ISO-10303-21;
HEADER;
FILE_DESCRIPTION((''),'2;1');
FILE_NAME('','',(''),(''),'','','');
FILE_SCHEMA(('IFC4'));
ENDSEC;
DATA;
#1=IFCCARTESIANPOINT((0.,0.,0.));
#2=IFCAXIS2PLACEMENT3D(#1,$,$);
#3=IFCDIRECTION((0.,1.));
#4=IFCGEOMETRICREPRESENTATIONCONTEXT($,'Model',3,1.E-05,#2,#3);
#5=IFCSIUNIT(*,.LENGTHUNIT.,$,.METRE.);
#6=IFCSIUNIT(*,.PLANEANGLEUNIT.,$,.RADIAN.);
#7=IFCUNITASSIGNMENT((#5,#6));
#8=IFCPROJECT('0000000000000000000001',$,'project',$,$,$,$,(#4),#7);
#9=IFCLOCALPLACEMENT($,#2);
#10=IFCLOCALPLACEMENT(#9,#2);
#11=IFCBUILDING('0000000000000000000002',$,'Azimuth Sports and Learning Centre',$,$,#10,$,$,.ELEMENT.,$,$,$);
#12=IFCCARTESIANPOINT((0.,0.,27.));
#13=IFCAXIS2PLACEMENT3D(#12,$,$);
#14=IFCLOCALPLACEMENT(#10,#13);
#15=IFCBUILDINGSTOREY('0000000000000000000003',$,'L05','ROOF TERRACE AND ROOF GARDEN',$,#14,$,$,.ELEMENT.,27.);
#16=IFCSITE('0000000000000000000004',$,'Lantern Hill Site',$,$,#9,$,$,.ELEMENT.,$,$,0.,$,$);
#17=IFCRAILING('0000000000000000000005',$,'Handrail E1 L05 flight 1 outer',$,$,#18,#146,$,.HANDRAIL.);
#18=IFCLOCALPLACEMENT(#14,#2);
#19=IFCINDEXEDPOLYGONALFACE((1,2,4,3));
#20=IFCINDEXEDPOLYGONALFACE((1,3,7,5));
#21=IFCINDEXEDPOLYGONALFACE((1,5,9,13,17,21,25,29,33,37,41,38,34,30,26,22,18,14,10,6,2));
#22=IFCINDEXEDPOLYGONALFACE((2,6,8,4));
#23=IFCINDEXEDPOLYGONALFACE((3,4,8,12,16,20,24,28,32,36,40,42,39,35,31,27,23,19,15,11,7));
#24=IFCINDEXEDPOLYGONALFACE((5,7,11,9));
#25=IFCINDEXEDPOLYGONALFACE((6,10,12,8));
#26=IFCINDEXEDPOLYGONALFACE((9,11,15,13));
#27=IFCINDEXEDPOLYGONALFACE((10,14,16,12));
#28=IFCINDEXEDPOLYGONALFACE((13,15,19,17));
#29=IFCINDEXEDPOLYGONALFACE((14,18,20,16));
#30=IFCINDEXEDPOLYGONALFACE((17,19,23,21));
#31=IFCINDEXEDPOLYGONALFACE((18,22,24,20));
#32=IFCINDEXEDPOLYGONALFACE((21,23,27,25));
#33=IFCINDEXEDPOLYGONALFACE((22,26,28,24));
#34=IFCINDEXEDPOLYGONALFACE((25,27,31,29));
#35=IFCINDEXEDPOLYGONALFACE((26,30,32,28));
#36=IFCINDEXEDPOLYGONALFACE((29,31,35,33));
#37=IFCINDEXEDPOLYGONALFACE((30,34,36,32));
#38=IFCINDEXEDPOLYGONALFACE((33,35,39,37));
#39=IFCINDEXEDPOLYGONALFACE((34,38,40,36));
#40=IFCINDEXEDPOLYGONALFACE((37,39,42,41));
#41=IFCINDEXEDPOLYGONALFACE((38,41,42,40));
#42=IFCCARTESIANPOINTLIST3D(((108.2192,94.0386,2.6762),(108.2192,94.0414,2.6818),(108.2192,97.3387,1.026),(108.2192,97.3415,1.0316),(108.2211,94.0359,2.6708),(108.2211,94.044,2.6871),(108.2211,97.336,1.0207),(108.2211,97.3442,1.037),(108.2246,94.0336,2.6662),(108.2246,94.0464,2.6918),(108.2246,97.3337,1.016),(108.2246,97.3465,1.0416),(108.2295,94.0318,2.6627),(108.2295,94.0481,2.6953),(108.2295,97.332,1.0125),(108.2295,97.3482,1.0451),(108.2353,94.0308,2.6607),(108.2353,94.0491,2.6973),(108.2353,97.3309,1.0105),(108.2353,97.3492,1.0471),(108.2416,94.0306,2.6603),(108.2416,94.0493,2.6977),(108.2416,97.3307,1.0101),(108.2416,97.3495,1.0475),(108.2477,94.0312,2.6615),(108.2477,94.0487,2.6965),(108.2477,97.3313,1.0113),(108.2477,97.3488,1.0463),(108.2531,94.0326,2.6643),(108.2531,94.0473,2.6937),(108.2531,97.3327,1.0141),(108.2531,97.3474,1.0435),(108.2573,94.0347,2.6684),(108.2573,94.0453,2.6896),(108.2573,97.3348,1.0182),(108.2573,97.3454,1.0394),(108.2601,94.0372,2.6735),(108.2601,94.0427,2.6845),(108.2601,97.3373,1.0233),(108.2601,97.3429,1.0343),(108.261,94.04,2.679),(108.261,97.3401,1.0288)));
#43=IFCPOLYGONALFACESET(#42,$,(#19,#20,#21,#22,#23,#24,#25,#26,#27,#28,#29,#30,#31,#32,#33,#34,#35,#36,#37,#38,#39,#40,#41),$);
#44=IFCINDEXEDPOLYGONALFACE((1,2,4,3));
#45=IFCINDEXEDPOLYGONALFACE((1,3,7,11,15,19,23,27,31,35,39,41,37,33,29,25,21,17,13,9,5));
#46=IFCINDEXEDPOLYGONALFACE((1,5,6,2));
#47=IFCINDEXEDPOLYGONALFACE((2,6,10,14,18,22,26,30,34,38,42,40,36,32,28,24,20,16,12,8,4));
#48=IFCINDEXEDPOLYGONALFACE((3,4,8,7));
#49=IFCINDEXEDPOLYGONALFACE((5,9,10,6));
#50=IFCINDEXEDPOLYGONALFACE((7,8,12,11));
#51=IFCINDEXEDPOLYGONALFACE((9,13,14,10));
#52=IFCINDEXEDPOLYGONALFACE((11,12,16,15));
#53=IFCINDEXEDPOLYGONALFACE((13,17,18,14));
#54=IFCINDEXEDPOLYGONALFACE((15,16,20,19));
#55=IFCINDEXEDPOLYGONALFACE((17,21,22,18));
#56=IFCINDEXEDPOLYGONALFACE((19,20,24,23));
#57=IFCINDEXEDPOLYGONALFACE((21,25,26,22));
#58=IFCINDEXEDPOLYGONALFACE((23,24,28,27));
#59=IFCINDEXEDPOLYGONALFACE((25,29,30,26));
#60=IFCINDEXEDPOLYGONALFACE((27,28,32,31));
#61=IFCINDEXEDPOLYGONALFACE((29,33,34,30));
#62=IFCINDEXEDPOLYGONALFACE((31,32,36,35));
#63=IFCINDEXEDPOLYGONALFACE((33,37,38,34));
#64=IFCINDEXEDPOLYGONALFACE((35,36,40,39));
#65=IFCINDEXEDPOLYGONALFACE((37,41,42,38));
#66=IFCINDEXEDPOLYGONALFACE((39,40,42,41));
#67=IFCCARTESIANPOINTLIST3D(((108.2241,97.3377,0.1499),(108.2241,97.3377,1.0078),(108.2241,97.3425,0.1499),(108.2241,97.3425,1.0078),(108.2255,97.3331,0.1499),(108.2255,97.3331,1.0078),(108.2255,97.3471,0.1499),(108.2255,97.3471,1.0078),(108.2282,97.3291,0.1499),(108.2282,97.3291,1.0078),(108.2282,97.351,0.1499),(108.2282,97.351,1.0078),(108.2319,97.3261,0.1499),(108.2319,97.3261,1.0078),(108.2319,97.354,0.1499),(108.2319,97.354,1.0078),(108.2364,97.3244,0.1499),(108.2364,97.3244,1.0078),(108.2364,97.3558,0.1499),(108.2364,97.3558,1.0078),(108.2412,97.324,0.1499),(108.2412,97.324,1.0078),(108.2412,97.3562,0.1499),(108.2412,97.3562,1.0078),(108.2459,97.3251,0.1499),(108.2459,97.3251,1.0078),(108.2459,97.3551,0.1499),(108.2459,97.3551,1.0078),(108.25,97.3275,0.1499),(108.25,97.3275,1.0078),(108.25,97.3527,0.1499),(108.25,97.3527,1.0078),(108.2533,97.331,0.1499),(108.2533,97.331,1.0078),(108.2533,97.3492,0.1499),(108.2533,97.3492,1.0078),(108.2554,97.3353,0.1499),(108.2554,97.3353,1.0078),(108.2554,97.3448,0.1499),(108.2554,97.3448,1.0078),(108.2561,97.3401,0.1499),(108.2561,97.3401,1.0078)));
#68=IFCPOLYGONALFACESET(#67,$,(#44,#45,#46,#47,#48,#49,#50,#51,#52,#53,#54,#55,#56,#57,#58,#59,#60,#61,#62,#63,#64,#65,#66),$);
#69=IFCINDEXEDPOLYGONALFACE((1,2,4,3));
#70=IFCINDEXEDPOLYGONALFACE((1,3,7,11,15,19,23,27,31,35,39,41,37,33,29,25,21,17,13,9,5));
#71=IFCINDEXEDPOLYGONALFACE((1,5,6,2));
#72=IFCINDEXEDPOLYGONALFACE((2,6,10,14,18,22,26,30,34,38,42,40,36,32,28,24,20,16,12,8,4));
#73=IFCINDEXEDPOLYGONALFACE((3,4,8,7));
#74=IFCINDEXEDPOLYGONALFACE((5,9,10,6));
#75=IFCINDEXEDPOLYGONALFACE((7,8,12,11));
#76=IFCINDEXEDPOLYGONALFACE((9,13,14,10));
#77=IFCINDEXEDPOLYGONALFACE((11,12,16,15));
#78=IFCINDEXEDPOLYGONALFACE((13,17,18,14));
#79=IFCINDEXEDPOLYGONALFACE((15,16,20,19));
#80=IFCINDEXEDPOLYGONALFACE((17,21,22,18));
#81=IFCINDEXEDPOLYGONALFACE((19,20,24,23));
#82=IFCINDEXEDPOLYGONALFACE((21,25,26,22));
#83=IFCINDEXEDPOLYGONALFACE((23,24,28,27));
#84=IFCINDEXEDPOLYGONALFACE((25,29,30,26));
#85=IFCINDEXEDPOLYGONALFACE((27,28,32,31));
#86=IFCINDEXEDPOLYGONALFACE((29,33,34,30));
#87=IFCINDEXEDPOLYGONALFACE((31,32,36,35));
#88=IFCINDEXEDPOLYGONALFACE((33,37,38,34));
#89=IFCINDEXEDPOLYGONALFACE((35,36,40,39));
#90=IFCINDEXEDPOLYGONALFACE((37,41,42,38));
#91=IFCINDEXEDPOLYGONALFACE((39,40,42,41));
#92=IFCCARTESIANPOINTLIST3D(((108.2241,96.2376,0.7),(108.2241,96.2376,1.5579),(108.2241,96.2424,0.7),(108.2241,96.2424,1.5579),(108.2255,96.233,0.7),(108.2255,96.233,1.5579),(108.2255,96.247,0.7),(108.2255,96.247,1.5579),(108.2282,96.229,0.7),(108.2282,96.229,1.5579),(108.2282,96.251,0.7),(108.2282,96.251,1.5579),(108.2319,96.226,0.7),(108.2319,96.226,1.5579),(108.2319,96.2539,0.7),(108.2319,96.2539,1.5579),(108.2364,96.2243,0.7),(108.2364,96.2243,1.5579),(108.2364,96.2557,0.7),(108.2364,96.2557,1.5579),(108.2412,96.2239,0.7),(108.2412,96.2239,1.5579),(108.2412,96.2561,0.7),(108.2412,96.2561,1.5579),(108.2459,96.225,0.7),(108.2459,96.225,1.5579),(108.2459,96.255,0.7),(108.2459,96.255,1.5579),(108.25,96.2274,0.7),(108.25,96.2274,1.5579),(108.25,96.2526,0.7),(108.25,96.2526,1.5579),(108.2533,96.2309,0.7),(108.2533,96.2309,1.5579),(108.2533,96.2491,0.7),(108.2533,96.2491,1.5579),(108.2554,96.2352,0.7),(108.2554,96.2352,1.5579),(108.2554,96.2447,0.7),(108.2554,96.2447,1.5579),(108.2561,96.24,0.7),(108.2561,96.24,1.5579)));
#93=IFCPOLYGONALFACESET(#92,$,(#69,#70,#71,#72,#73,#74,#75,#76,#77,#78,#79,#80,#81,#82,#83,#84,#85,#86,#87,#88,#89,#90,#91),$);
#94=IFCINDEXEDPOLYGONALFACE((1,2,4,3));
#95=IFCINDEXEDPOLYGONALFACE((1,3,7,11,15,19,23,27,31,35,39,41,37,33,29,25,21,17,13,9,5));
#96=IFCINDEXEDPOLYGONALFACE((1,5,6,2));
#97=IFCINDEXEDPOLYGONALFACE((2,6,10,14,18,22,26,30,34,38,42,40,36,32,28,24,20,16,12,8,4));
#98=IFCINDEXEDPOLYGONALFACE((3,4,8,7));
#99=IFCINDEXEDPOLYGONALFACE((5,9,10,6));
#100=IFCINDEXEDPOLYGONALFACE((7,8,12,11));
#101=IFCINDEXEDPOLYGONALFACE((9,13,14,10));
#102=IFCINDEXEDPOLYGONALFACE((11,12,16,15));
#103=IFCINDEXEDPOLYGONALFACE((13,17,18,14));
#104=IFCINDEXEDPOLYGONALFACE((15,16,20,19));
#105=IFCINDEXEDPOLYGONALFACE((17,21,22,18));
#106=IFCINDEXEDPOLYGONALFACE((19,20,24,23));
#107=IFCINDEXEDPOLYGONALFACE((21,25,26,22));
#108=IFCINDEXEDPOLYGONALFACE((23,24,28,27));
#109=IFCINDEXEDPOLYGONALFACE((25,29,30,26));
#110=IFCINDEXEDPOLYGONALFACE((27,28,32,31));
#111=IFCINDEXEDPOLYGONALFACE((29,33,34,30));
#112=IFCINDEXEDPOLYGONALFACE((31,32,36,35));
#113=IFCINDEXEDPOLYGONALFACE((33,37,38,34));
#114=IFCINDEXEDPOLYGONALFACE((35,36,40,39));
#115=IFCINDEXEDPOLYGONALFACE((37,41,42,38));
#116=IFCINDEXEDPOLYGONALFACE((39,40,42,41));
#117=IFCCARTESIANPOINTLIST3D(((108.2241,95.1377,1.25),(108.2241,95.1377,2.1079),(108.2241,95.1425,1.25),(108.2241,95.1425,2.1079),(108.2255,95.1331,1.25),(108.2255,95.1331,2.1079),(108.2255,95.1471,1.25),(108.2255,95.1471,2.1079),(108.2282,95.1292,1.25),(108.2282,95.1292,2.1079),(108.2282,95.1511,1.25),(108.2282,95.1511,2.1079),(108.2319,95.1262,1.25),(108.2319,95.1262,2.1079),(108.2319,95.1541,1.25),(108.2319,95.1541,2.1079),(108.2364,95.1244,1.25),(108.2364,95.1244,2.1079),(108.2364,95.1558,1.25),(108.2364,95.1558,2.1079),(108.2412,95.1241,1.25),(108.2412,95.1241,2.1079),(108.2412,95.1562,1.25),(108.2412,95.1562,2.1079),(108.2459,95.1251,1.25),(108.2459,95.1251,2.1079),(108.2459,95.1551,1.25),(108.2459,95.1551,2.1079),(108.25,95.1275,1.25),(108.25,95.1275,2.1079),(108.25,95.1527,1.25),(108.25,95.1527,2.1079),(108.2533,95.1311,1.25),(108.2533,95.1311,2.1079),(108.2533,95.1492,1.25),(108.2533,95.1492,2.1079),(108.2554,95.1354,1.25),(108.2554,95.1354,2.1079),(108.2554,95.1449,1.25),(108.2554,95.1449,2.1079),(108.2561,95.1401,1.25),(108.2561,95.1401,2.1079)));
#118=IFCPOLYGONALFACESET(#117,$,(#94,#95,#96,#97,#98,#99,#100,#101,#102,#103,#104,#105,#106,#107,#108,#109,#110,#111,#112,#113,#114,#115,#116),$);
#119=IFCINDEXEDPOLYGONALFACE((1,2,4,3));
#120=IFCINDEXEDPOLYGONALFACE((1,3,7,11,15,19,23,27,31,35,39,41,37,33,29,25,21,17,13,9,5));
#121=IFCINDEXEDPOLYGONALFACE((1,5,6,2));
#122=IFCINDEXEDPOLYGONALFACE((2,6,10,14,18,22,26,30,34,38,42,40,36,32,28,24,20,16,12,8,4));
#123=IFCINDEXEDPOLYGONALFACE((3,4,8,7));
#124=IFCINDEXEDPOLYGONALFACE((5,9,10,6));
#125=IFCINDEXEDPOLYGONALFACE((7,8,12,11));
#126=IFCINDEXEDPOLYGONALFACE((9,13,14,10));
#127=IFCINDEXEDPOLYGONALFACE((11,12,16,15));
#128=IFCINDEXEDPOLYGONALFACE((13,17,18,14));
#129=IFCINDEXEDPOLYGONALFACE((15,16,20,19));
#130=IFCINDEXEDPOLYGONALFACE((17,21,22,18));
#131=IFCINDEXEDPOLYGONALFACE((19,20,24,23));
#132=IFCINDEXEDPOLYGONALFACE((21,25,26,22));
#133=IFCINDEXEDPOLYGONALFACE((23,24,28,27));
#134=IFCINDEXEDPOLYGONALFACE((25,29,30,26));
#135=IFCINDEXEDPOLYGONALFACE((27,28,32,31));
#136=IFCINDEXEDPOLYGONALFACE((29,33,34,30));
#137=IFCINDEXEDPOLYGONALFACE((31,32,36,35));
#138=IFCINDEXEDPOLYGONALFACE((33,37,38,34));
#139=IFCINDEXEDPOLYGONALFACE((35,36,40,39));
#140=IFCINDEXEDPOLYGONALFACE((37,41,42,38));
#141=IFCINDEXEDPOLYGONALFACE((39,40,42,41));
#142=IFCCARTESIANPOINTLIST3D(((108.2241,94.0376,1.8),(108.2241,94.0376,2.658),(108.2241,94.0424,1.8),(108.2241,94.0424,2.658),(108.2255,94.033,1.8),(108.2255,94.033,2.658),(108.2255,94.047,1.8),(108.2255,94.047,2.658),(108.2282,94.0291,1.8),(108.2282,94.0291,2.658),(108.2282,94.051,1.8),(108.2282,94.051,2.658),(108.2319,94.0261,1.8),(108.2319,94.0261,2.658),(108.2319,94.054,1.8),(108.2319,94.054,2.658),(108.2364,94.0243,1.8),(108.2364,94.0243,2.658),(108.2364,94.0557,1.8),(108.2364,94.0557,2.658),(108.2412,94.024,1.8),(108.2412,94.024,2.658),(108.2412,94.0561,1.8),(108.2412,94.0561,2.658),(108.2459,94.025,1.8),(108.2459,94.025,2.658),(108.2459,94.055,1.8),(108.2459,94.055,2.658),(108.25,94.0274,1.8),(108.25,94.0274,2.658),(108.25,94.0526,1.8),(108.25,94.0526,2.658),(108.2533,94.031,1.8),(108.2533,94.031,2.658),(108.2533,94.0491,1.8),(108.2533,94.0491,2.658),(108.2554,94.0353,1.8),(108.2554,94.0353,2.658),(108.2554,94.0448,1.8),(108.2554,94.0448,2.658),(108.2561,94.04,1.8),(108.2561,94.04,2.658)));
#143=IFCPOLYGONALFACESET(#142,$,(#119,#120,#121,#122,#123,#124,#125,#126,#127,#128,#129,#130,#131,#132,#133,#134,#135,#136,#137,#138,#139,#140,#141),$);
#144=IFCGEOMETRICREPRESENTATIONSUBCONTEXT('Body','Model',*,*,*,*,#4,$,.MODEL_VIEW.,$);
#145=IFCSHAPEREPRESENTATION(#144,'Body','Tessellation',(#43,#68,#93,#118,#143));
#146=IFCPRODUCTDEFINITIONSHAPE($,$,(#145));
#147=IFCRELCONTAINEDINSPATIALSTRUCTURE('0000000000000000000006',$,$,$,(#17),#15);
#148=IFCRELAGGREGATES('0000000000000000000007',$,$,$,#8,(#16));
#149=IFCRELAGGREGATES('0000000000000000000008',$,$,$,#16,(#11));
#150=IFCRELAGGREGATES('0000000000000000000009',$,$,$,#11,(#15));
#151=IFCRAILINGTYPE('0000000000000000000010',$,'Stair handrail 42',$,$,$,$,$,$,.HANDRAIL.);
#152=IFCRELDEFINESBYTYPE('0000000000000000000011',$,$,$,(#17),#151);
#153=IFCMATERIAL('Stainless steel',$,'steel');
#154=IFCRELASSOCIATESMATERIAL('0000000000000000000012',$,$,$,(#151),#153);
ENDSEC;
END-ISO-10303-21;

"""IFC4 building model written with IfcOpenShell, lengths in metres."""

from ifc_helpers import new_model, si_unit, direction, frame, origin, origin_2d, place, context, subcontext, project, spatial, circle, extrude, material, type_object, element, save


model = new_model("IFC4")

# Units and contexts
model_context = context("Model", 3, precision=1e-05, world=origin(), true_north=direction((0.0, 1.0)))
body_context = subcontext(model_context, "Body", "Model", "MODEL_VIEW")
ifc_project = project(units=[si_unit("LENGTHUNIT", "METRE"), si_unit("PLANEANGLEUNIT", "RADIAN")], contexts=[model_context])

# Site, building, storey
site_placement = place(None, origin())
site = spatial("IfcSite", under=ifc_project, at=site_placement, Name="Lantern Hill Site", CompositionType="ELEMENT", RefElevation=0.0)
building_placement = place(site_placement, origin())
building = spatial("IfcBuilding", under=site, at=building_placement, Name="Azimuth Sports and Learning Centre", CompositionType="ELEMENT")
storey_placement = place(building_placement, frame((0.0, 0.0, 27.0)))
storey = spatial("IfcBuildingStorey", under=building, at=storey_placement, Name="L05", Description="ROOF TERRACE AND ROOF GARDEN", CompositionType="ELEMENT", Elevation=27.0)

# Railing
ifc_material_1 = material(Name="Stainless steel", Category="steel")
railing_type = type_object("IfcRailingType", Name="Stair handrail 42", PredefinedType="HANDRAIL", material=ifc_material_1)
railing_placement = place(storey_placement, frame((108.24, 97.3401, 0.1499)))
element("IfcRailing", 1, at=railing_placement, inside=storey, type_object=railing_type, Name="Handrail E1 L05 flight 1 outer", PredefinedType="HANDRAIL", context=body_context, shape_type="SweptSolid", body=[
    extrude(circle(Radius=0.021, at=origin_2d()), frame((0.0, 0.0, 0.8789), z_axis=(0.0, -0.894414, 0.44724), x_axis=(1.0, 0.0, 0.0)), (0.0, 0.0, 1.0), 3.6897),
    extrude(circle(Radius=0.0161, at=origin_2d()), origin(), (0.0, 0.0, 1.0), 0.8579),
    extrude(circle(Radius=0.0161, at=origin_2d()), frame((0.0, -1.1001, 0.55)), (0.0, 0.0, 1.0), 0.8579),
    extrude(circle(Radius=0.0161, at=origin_2d()), frame((0.0, -2.2, 1.1001)), (0.0, 0.0, 1.0), 0.8579),
    extrude(circle(Radius=0.0161, at=origin_2d()), frame((0.0, -3.3, 1.6501)), (0.0, 0.0, 1.0), 0.8579),
])

save(model, "model.ifc")
